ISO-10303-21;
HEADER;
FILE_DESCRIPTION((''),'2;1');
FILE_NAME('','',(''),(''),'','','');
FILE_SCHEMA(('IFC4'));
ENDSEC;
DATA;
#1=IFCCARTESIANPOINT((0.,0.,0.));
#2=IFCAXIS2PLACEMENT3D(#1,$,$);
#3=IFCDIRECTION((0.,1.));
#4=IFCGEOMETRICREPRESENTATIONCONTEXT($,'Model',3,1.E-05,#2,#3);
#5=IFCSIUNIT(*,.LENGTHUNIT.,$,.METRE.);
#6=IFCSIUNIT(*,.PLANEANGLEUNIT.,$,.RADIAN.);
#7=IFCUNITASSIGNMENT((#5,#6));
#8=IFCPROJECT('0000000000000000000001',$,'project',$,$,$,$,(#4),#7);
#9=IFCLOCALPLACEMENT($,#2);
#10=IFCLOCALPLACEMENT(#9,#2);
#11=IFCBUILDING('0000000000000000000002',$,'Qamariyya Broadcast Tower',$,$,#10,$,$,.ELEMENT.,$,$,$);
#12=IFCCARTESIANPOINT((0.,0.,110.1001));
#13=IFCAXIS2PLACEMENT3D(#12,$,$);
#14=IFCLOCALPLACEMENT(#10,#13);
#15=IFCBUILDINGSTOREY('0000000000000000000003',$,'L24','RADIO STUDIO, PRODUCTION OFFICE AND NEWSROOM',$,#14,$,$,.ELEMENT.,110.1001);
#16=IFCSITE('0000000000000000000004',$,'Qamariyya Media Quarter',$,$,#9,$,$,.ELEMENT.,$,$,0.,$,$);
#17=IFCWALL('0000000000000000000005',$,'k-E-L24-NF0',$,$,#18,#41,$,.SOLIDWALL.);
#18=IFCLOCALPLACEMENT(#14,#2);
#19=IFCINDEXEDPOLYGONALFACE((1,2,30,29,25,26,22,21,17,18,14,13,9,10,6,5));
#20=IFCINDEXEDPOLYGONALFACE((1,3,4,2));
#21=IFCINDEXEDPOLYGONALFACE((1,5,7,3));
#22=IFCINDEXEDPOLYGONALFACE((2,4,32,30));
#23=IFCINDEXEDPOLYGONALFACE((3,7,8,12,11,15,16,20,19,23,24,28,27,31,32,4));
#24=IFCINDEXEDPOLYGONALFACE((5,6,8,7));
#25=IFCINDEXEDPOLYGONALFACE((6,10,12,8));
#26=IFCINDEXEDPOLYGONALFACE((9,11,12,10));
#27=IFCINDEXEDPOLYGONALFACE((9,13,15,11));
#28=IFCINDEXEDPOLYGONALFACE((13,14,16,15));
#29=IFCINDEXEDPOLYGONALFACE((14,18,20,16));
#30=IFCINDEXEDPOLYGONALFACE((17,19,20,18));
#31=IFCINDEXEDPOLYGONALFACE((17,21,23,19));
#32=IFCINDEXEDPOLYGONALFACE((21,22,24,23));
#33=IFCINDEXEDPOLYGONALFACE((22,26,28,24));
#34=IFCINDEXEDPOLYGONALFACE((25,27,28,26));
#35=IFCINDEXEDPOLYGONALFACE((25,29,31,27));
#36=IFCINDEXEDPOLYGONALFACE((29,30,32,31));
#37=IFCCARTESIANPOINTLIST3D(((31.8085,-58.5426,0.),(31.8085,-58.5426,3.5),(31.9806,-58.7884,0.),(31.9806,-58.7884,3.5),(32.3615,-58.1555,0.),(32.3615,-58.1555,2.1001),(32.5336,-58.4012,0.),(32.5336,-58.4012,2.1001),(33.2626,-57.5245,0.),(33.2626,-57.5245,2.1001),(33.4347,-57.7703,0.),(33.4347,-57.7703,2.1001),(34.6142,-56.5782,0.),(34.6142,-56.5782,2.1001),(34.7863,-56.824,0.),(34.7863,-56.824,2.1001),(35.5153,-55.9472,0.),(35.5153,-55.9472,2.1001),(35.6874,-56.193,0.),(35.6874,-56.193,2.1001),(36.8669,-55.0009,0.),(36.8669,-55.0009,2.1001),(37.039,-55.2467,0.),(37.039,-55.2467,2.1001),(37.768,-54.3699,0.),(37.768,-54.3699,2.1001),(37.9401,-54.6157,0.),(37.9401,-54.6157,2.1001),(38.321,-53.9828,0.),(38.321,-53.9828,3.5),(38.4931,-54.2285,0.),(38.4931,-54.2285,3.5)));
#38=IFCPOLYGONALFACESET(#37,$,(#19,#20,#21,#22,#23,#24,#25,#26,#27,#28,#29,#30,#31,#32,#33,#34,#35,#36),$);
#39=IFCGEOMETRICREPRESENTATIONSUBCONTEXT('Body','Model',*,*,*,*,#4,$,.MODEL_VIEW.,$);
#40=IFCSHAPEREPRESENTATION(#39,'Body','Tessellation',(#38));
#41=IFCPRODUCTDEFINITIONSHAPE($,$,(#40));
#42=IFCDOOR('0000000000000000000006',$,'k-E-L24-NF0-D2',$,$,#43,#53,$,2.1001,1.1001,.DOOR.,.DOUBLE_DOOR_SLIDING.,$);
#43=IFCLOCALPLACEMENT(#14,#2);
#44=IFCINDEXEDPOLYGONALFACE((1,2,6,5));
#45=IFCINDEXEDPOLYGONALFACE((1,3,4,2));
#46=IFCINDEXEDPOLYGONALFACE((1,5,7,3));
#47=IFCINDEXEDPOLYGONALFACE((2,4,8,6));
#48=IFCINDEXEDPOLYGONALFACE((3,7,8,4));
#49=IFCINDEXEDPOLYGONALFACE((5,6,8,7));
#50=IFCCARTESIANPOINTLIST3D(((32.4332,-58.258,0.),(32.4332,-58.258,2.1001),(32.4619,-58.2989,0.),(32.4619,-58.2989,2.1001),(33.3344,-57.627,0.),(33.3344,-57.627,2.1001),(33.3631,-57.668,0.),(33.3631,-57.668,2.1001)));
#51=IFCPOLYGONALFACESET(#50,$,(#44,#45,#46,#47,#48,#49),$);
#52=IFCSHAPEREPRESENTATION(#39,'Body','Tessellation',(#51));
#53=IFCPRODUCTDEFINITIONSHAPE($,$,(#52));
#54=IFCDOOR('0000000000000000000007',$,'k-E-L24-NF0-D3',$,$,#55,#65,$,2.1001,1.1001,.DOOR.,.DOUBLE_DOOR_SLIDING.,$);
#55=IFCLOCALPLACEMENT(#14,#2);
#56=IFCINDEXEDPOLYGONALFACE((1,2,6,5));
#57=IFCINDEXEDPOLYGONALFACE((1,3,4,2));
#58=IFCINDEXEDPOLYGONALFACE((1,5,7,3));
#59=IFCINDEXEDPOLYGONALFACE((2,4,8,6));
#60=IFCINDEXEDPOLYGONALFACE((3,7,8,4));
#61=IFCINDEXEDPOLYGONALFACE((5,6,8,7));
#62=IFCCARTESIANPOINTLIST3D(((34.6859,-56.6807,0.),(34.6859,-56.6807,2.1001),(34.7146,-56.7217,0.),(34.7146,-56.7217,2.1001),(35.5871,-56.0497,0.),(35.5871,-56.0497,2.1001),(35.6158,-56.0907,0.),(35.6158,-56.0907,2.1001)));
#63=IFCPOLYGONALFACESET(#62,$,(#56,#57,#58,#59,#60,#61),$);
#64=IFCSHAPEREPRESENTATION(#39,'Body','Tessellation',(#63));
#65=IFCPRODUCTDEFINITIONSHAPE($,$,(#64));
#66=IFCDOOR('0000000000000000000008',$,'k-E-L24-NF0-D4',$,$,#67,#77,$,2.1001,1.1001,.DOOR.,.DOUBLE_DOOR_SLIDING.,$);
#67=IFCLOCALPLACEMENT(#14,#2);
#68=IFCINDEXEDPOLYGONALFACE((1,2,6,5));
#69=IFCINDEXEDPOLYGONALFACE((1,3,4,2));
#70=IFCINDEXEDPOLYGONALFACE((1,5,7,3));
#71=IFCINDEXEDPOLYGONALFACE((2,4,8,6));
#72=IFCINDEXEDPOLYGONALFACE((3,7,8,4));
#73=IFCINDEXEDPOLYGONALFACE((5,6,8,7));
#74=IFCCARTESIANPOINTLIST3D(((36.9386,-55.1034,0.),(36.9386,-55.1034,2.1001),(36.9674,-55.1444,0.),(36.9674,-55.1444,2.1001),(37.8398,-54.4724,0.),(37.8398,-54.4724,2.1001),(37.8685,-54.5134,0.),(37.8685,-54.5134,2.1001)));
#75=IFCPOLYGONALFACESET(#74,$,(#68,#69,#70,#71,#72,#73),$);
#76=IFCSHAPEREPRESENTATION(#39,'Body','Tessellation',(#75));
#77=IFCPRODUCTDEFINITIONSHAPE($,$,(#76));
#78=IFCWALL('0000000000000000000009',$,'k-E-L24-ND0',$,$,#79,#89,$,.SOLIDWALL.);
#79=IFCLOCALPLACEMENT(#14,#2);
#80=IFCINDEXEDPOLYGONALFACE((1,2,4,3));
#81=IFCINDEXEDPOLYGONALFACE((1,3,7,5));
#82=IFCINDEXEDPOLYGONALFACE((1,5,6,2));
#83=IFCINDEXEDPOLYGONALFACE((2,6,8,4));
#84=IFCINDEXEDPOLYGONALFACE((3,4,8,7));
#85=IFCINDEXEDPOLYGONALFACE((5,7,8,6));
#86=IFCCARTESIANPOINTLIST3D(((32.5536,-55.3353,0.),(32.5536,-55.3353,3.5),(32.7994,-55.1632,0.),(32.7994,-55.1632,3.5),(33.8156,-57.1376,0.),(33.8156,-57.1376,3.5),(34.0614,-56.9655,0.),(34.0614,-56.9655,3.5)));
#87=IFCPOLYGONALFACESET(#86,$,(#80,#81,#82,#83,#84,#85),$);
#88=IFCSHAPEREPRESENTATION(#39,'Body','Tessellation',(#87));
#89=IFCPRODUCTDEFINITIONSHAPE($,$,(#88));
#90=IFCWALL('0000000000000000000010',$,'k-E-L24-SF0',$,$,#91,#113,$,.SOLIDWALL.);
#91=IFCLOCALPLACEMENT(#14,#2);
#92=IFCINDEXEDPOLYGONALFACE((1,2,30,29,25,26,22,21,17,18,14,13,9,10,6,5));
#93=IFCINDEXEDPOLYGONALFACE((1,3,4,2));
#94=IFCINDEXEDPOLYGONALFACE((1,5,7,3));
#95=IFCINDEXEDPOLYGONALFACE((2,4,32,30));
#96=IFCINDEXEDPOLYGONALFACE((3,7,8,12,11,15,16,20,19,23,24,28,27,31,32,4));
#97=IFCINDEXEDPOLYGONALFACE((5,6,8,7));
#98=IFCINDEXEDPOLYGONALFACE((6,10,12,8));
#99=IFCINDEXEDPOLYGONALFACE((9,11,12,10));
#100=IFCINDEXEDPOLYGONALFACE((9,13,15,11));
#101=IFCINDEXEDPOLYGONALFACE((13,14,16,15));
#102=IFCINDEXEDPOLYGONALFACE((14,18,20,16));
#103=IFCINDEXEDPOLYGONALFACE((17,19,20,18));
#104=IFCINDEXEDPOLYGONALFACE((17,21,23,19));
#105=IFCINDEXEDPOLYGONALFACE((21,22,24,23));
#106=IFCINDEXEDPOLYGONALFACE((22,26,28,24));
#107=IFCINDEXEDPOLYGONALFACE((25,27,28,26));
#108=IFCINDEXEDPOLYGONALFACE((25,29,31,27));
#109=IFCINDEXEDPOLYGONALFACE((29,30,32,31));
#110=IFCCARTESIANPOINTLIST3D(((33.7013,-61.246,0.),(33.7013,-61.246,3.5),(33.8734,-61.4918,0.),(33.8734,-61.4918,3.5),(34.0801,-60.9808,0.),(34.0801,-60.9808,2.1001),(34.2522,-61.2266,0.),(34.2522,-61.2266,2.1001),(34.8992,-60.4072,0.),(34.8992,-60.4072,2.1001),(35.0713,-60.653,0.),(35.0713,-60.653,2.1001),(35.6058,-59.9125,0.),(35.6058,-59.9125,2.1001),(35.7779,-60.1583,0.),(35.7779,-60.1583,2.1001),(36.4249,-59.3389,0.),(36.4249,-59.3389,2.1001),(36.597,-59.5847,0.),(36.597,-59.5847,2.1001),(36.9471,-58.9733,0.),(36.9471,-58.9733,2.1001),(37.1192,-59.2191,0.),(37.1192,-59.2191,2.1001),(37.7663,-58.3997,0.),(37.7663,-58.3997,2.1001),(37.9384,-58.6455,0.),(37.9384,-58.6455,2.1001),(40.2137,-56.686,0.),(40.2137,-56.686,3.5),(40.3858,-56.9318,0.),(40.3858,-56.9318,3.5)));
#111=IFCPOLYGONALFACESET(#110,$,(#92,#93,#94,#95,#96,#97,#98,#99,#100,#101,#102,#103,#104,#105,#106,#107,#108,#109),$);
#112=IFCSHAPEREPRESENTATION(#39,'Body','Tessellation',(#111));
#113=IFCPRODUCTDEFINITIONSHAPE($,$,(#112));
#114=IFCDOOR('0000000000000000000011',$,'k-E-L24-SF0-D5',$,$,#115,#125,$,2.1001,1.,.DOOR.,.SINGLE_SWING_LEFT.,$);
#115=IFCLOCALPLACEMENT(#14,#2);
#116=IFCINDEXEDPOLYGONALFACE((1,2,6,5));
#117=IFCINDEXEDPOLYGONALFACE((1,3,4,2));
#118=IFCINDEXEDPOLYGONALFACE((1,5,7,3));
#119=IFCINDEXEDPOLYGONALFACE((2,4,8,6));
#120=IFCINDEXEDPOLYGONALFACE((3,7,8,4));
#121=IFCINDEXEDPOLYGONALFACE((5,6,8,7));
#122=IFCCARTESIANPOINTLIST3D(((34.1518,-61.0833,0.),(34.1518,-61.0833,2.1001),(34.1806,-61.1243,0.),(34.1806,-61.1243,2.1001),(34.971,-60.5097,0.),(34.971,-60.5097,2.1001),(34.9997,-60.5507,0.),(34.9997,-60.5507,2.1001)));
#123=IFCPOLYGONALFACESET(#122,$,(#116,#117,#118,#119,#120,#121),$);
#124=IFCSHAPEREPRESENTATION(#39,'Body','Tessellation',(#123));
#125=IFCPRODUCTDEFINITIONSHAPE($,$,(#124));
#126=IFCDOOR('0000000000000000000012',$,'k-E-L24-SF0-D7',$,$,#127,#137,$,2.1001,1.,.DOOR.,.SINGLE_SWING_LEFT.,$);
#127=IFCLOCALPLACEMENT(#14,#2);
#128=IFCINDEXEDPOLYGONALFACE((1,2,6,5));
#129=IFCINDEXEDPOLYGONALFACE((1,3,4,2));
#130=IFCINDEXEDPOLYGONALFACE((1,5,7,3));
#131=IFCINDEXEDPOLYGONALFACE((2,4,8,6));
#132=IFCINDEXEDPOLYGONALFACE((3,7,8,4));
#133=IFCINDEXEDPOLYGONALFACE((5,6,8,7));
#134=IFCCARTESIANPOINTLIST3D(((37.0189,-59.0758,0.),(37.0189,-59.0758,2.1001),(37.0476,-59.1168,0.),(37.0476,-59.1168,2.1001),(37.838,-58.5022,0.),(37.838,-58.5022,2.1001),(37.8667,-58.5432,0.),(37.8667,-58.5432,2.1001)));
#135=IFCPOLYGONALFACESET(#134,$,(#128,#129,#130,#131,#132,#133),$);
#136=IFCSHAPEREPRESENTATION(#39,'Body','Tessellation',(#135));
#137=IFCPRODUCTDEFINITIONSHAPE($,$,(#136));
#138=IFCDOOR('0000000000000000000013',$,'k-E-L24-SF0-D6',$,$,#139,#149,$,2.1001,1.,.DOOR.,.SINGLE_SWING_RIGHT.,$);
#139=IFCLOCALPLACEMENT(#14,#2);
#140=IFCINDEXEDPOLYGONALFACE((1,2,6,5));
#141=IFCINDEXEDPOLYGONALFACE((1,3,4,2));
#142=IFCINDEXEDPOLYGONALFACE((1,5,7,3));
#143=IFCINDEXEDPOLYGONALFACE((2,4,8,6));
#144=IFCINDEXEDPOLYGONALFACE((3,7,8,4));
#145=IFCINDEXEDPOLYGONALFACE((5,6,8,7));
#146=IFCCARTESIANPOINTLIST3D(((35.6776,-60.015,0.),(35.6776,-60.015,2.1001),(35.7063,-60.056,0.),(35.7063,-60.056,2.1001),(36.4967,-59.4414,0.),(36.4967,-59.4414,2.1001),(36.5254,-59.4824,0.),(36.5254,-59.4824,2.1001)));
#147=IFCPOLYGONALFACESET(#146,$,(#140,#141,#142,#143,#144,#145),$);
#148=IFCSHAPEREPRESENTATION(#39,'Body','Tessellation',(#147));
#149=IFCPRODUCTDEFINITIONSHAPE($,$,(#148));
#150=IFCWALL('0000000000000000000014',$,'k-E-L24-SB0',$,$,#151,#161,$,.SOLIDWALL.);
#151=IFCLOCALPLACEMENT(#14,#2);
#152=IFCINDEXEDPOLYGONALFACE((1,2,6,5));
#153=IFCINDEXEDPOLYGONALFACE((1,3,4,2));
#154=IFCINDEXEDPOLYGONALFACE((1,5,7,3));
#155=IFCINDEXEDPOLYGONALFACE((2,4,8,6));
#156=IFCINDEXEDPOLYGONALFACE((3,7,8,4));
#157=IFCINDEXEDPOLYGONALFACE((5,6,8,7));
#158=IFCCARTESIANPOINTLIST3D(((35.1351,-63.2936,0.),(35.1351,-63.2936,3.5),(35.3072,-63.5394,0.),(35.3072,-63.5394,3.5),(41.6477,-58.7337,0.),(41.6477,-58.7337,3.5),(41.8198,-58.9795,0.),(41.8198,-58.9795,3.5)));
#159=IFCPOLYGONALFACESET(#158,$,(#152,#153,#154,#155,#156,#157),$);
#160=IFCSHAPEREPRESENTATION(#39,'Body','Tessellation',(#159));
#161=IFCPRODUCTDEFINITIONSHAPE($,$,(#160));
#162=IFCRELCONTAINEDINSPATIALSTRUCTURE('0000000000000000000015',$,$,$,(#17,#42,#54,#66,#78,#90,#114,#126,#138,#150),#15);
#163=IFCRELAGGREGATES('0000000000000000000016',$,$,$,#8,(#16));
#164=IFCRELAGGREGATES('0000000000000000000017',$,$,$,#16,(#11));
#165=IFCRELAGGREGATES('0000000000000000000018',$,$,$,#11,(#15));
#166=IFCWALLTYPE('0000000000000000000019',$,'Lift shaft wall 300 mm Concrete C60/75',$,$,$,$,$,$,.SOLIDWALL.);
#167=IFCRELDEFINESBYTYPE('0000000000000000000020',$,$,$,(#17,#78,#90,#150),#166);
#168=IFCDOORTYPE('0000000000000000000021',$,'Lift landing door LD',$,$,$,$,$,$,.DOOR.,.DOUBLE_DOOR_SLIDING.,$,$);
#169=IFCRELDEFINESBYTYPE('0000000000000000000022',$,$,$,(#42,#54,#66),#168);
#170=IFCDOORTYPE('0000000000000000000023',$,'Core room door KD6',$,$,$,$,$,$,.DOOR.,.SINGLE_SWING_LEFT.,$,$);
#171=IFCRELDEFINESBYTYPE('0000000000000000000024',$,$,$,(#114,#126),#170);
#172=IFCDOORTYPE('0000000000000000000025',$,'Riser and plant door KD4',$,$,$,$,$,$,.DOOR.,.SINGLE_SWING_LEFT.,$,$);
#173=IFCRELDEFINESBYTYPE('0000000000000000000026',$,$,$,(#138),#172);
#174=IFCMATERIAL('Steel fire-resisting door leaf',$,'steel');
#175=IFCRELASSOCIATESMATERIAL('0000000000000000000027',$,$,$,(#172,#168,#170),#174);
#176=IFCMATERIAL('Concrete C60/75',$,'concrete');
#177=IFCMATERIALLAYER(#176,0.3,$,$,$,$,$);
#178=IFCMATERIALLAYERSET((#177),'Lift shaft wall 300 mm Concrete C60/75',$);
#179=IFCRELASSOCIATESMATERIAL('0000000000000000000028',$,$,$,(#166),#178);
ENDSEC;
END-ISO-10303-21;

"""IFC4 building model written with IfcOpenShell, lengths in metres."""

from ifc_helpers import new_model, si_unit, direction, frame, frame_2d, origin, place, context, subcontext, project, spatial, rectangle, extrude, material, layer, layer_set, type_object, element, fill, save


model = new_model("IFC4")

# Units and contexts
model_context = context("Model", 3, precision=1e-05, world=origin(), true_north=direction((0.0, 1.0)))
body_context = subcontext(model_context, "Body", "Model", "MODEL_VIEW")
ifc_project = project(units=[si_unit("LENGTHUNIT", "METRE"), si_unit("PLANEANGLEUNIT", "RADIAN")], contexts=[model_context])

# Site, building, storey
site_placement = place(None, origin())
site = spatial("IfcSite", under=ifc_project, at=site_placement, Name="Qamariyya Media Quarter", CompositionType="ELEMENT", RefElevation=0.0)
building_placement = place(site_placement, origin())
building = spatial("IfcBuilding", under=site, at=building_placement, Name="Qamariyya Broadcast Tower", CompositionType="ELEMENT")
storey_placement = place(building_placement, frame((0.0, 0.0, 110.1001)))
storey = spatial("IfcBuildingStorey", under=building, at=storey_placement, Name="L24", Description="RADIO STUDIO, PRODUCTION OFFICE AND NEWSROOM", CompositionType="ELEMENT", Elevation=110.1001)

# Shared definitions
ifc_material_1 = material(Name="Steel fire-resisting door leaf", Category="steel")

# Shared definitions
door_type_1 = type_object("IfcDoorType", Name="Riser and plant door KD4", OperationType="SINGLE_SWING_LEFT", PredefinedType="DOOR", material=ifc_material_1)

# Wall, openings, doors
ifc_material_2 = material(Name="Concrete C60/75", Category="concrete")
ifc_layer_1 = layer(ifc_material_2, 0.3)
ifc_layer_set_1 = layer_set([ifc_layer_1], Name="Lift shaft wall 300 mm Concrete C60/75")
wall_type_1 = type_object("IfcWallType", Name="Lift shaft wall 300 mm Concrete C60/75", PredefinedType="SOLIDWALL", material=ifc_layer_set_1)
wall_1_placement = place(storey_placement, frame((31.8945, -58.6655, 0.0), z_axis=(0.0, 0.0, 1.0), x_axis=(0.819167, 0.573555, 0.0)))
wall_1 = element("IfcWall", 1, at=wall_1_placement, inside=storey, type_object=wall_type_1, Name="k-E-L24-NF0", PredefinedType="SOLIDWALL", context=body_context, shape_type="SweptSolid", body=[
    extrude(rectangle(XDim=7.9502, YDim=0.3, at=frame_2d((3.9751, 0.0))), origin(), (0.0, 0.0, 1.0), 3.5),
])
opening_1_placement = place(wall_1_placement, frame((0.675, 0.0, 0.0)))
opening_1 = element("IfcOpeningElement", 2, at=opening_1_placement, cuts=wall_1, PredefinedType="OPENING", context=body_context, shape_type="SweptSolid", body=[
    extrude(rectangle(XDim=1.1001, YDim=2.1001, at=frame_2d((0.55, 1.05))), frame((0.0, 0.1599, 0.0), z_axis=(0.0, -1.0, 0.0), x_axis=(1.0, 0.0, 0.0)), (0.0, 0.0, 1.0), 0.3201),
])
opening_2_placement = place(wall_1_placement, frame((3.425, 0.0, 0.0)))
opening_2 = element("IfcOpeningElement", 3, at=opening_2_placement, cuts=wall_1, PredefinedType="OPENING", context=body_context, shape_type="SweptSolid", body=[
    extrude(rectangle(XDim=1.1001, YDim=2.1001, at=frame_2d((0.55, 1.05))), frame((0.0, 0.1599, 0.0), z_axis=(0.0, -1.0, 0.0), x_axis=(1.0, 0.0, 0.0)), (0.0, 0.0, 1.0), 0.3201),
])
opening_3_placement = place(wall_1_placement, frame((6.175, 0.0, 0.0)))
opening_3 = element("IfcOpeningElement", 4, at=opening_3_placement, cuts=wall_1, PredefinedType="OPENING", context=body_context, shape_type="SweptSolid", body=[
    extrude(rectangle(XDim=1.1001, YDim=2.1001, at=frame_2d((0.55, 1.05))), frame((0.0, 0.1599, 0.0), z_axis=(0.0, -1.0, 0.0), x_axis=(1.0, 0.0, 0.0)), (0.0, 0.0, 1.0), 0.3201),
])
door_type_2 = type_object("IfcDoorType", Name="Lift landing door LD", OperationType="DOUBLE_DOOR_SLIDING", PredefinedType="DOOR", material=ifc_material_1)
door_1_placement = place(opening_1_placement, origin())
door_1 = element("IfcDoor", 5, at=door_1_placement, inside=storey, type_object=door_type_2, Name="k-E-L24-NF0-D2", OperationType="DOUBLE_DOOR_SLIDING", OverallHeight=2.1001, OverallWidth=1.1001, PredefinedType="DOOR", context=body_context, shape_type="SweptSolid", body=[
    extrude(rectangle(XDim=1.1001, YDim=2.1001, at=frame_2d((0.55, 1.05))), frame((0.0, 0.0249, 0.0), z_axis=(0.0, -1.0, 0.0), x_axis=(1.0, 0.0, 0.0)), (0.0, 0.0, 1.0), 0.05),
])
fill(opening_1, door_1)
door_2_placement = place(opening_2_placement, origin())
door_2 = element("IfcDoor", 6, at=door_2_placement, inside=storey, type_object=door_type_2, Name="k-E-L24-NF0-D3", OperationType="DOUBLE_DOOR_SLIDING", OverallHeight=2.1001, OverallWidth=1.1001, PredefinedType="DOOR", context=body_context, shape_type="SweptSolid", body=[
    extrude(rectangle(XDim=1.1001, YDim=2.1001, at=frame_2d((0.55, 1.05))), frame((0.0, 0.0249, 0.0), z_axis=(0.0, -1.0, 0.0), x_axis=(1.0, 0.0, 0.0)), (0.0, 0.0, 1.0), 0.05),
])
fill(opening_2, door_2)
door_3_placement = place(opening_3_placement, origin())
door_3 = element("IfcDoor", 7, at=door_3_placement, inside=storey, type_object=door_type_2, Name="k-E-L24-NF0-D4", OperationType="DOUBLE_DOOR_SLIDING", OverallHeight=2.1001, OverallWidth=1.1001, PredefinedType="DOOR", context=body_context, shape_type="SweptSolid", body=[
    extrude(rectangle(XDim=1.1001, YDim=2.1001, at=frame_2d((0.55, 1.05))), frame((0.0, 0.0249, 0.0), z_axis=(0.0, -1.0, 0.0), x_axis=(1.0, 0.0, 0.0)), (0.0, 0.0, 1.0), 0.05),
])
fill(opening_3, door_3)

# Wall
wall_2_placement = place(storey_placement, frame((33.9385, -57.0515, 0.0), z_axis=(0.0, 0.0, 1.0), x_axis=(-0.573581, 0.819149, 0.0)))
element("IfcWall", 8, at=wall_2_placement, inside=storey, type_object=wall_type_1, Name="k-E-L24-ND0", PredefinedType="SOLIDWALL", context=body_context, shape_type="SweptSolid", body=[
    extrude(rectangle(XDim=2.2002, YDim=0.3, at=frame_2d((1.1001, 0.0))), origin(), (0.0, 0.0, 1.0), 3.5),
])

# Wall, openings, doors
wall_3_placement = place(storey_placement, frame((33.7874, -61.3689, 0.0), z_axis=(0.0, 0.0, 1.0), x_axis=(0.819153, 0.573576, 0.0)))
wall_3 = element("IfcWall", 9, at=wall_3_placement, inside=storey, type_object=wall_type_1, Name="k-E-L24-SF0", PredefinedType="SOLIDWALL", context=body_context, shape_type="SweptSolid", body=[
    extrude(rectangle(XDim=7.9502, YDim=0.3, at=frame_2d((3.9751, 0.0))), origin(), (0.0, 0.0, 1.0), 3.5),
])
opening_4_placement = place(wall_3_placement, frame((0.4624, 0.0, 0.0)))
opening_4 = element("IfcOpeningElement", 10, at=opening_4_placement, cuts=wall_3, PredefinedType="OPENING", context=body_context, shape_type="SweptSolid", body=[
    extrude(rectangle(XDim=1.0, YDim=2.1001, at=frame_2d((0.5, 1.05))), frame((0.0, 0.1599, 0.0), z_axis=(0.0, -1.0, 0.0), x_axis=(1.0, 0.0, 0.0)), (0.0, 0.0, 1.0), 0.3201),
])
opening_5_placement = place(wall_3_placement, frame((2.325, 0.0, 0.0)))
opening_5 = element("IfcOpeningElement", 11, at=opening_5_placement, cuts=wall_3, PredefinedType="OPENING", context=body_context, shape_type="SweptSolid", body=[
    extrude(rectangle(XDim=1.0, YDim=2.1001, at=frame_2d((0.5, 1.05))), frame((0.0, 0.1599, 0.0), z_axis=(0.0, -1.0, 0.0), x_axis=(1.0, 0.0, 0.0)), (0.0, 0.0, 1.0), 0.3201),
])
opening_6_placement = place(wall_3_placement, frame((3.9624, 0.0, 0.0)))
opening_6 = element("IfcOpeningElement", 12, at=opening_6_placement, cuts=wall_3, PredefinedType="OPENING", context=body_context, shape_type="SweptSolid", body=[
    extrude(rectangle(XDim=1.0, YDim=2.1001, at=frame_2d((0.5, 1.05))), frame((0.0, 0.1599, 0.0), z_axis=(0.0, -1.0, 0.0), x_axis=(1.0, 0.0, 0.0)), (0.0, 0.0, 1.0), 0.3201),
])
door_type_3 = type_object("IfcDoorType", Name="Core room door KD6", OperationType="SINGLE_SWING_LEFT", PredefinedType="DOOR", material=ifc_material_1)
door_4_placement = place(opening_4_placement, origin())
door_4 = element("IfcDoor", 13, at=door_4_placement, inside=storey, type_object=door_type_3, Name="k-E-L24-SF0-D5", OperationType="SINGLE_SWING_LEFT", OverallHeight=2.1001, OverallWidth=1.0, PredefinedType="DOOR", context=body_context, shape_type="SweptSolid", body=[
    extrude(rectangle(XDim=1.0, YDim=2.1001, at=frame_2d((0.5, 1.05))), frame((0.0, 0.0249, 0.0), z_axis=(0.0, -1.0, 0.0), x_axis=(1.0, 0.0, 0.0)), (0.0, 0.0, 1.0), 0.05),
])
fill(opening_4, door_4)
door_5_placement = place(opening_6_placement, origin())
door_5 = element("IfcDoor", 14, at=door_5_placement, inside=storey, type_object=door_type_3, Name="k-E-L24-SF0-D7", OperationType="SINGLE_SWING_LEFT", OverallHeight=2.1001, OverallWidth=1.0, PredefinedType="DOOR", context=body_context, shape_type="SweptSolid", body=[
    extrude(rectangle(XDim=1.0, YDim=2.1001, at=frame_2d((0.5, 1.05))), frame((0.0, 0.0249, 0.0), z_axis=(0.0, -1.0, 0.0), x_axis=(1.0, 0.0, 0.0)), (0.0, 0.0, 1.0), 0.05),
])
fill(opening_6, door_5)
door_6_placement = place(opening_5_placement, origin())
door_6 = element("IfcDoor", 15, at=door_6_placement, inside=storey, type_object=door_type_1, Name="k-E-L24-SF0-D6", OperationType="SINGLE_SWING_RIGHT", OverallHeight=2.1001, OverallWidth=1.0, PredefinedType="DOOR", context=body_context, shape_type="SweptSolid", body=[
    extrude(rectangle(XDim=1.0, YDim=2.1001, at=frame_2d((0.5, 1.05))), frame((0.0, 0.0249, 0.0), z_axis=(0.0, -1.0, 0.0), x_axis=(1.0, 0.0, 0.0)), (0.0, 0.0, 1.0), 0.05),
])
fill(opening_5, door_6)

# Wall
wall_4_placement = place(storey_placement, frame((35.2212, -63.4165, 0.0), z_axis=(0.0, 0.0, 1.0), x_axis=(0.819167, 0.573555, 0.0)))
element("IfcWall", 16, at=wall_4_placement, inside=storey, type_object=wall_type_1, Name="k-E-L24-SB0", PredefinedType="SOLIDWALL", context=body_context, shape_type="SweptSolid", body=[
    extrude(rectangle(XDim=7.9502, YDim=0.3, at=frame_2d((3.9751, 0.0))), origin(), (0.0, 0.0, 1.0), 3.5),
])

save(model, "model.ifc")
